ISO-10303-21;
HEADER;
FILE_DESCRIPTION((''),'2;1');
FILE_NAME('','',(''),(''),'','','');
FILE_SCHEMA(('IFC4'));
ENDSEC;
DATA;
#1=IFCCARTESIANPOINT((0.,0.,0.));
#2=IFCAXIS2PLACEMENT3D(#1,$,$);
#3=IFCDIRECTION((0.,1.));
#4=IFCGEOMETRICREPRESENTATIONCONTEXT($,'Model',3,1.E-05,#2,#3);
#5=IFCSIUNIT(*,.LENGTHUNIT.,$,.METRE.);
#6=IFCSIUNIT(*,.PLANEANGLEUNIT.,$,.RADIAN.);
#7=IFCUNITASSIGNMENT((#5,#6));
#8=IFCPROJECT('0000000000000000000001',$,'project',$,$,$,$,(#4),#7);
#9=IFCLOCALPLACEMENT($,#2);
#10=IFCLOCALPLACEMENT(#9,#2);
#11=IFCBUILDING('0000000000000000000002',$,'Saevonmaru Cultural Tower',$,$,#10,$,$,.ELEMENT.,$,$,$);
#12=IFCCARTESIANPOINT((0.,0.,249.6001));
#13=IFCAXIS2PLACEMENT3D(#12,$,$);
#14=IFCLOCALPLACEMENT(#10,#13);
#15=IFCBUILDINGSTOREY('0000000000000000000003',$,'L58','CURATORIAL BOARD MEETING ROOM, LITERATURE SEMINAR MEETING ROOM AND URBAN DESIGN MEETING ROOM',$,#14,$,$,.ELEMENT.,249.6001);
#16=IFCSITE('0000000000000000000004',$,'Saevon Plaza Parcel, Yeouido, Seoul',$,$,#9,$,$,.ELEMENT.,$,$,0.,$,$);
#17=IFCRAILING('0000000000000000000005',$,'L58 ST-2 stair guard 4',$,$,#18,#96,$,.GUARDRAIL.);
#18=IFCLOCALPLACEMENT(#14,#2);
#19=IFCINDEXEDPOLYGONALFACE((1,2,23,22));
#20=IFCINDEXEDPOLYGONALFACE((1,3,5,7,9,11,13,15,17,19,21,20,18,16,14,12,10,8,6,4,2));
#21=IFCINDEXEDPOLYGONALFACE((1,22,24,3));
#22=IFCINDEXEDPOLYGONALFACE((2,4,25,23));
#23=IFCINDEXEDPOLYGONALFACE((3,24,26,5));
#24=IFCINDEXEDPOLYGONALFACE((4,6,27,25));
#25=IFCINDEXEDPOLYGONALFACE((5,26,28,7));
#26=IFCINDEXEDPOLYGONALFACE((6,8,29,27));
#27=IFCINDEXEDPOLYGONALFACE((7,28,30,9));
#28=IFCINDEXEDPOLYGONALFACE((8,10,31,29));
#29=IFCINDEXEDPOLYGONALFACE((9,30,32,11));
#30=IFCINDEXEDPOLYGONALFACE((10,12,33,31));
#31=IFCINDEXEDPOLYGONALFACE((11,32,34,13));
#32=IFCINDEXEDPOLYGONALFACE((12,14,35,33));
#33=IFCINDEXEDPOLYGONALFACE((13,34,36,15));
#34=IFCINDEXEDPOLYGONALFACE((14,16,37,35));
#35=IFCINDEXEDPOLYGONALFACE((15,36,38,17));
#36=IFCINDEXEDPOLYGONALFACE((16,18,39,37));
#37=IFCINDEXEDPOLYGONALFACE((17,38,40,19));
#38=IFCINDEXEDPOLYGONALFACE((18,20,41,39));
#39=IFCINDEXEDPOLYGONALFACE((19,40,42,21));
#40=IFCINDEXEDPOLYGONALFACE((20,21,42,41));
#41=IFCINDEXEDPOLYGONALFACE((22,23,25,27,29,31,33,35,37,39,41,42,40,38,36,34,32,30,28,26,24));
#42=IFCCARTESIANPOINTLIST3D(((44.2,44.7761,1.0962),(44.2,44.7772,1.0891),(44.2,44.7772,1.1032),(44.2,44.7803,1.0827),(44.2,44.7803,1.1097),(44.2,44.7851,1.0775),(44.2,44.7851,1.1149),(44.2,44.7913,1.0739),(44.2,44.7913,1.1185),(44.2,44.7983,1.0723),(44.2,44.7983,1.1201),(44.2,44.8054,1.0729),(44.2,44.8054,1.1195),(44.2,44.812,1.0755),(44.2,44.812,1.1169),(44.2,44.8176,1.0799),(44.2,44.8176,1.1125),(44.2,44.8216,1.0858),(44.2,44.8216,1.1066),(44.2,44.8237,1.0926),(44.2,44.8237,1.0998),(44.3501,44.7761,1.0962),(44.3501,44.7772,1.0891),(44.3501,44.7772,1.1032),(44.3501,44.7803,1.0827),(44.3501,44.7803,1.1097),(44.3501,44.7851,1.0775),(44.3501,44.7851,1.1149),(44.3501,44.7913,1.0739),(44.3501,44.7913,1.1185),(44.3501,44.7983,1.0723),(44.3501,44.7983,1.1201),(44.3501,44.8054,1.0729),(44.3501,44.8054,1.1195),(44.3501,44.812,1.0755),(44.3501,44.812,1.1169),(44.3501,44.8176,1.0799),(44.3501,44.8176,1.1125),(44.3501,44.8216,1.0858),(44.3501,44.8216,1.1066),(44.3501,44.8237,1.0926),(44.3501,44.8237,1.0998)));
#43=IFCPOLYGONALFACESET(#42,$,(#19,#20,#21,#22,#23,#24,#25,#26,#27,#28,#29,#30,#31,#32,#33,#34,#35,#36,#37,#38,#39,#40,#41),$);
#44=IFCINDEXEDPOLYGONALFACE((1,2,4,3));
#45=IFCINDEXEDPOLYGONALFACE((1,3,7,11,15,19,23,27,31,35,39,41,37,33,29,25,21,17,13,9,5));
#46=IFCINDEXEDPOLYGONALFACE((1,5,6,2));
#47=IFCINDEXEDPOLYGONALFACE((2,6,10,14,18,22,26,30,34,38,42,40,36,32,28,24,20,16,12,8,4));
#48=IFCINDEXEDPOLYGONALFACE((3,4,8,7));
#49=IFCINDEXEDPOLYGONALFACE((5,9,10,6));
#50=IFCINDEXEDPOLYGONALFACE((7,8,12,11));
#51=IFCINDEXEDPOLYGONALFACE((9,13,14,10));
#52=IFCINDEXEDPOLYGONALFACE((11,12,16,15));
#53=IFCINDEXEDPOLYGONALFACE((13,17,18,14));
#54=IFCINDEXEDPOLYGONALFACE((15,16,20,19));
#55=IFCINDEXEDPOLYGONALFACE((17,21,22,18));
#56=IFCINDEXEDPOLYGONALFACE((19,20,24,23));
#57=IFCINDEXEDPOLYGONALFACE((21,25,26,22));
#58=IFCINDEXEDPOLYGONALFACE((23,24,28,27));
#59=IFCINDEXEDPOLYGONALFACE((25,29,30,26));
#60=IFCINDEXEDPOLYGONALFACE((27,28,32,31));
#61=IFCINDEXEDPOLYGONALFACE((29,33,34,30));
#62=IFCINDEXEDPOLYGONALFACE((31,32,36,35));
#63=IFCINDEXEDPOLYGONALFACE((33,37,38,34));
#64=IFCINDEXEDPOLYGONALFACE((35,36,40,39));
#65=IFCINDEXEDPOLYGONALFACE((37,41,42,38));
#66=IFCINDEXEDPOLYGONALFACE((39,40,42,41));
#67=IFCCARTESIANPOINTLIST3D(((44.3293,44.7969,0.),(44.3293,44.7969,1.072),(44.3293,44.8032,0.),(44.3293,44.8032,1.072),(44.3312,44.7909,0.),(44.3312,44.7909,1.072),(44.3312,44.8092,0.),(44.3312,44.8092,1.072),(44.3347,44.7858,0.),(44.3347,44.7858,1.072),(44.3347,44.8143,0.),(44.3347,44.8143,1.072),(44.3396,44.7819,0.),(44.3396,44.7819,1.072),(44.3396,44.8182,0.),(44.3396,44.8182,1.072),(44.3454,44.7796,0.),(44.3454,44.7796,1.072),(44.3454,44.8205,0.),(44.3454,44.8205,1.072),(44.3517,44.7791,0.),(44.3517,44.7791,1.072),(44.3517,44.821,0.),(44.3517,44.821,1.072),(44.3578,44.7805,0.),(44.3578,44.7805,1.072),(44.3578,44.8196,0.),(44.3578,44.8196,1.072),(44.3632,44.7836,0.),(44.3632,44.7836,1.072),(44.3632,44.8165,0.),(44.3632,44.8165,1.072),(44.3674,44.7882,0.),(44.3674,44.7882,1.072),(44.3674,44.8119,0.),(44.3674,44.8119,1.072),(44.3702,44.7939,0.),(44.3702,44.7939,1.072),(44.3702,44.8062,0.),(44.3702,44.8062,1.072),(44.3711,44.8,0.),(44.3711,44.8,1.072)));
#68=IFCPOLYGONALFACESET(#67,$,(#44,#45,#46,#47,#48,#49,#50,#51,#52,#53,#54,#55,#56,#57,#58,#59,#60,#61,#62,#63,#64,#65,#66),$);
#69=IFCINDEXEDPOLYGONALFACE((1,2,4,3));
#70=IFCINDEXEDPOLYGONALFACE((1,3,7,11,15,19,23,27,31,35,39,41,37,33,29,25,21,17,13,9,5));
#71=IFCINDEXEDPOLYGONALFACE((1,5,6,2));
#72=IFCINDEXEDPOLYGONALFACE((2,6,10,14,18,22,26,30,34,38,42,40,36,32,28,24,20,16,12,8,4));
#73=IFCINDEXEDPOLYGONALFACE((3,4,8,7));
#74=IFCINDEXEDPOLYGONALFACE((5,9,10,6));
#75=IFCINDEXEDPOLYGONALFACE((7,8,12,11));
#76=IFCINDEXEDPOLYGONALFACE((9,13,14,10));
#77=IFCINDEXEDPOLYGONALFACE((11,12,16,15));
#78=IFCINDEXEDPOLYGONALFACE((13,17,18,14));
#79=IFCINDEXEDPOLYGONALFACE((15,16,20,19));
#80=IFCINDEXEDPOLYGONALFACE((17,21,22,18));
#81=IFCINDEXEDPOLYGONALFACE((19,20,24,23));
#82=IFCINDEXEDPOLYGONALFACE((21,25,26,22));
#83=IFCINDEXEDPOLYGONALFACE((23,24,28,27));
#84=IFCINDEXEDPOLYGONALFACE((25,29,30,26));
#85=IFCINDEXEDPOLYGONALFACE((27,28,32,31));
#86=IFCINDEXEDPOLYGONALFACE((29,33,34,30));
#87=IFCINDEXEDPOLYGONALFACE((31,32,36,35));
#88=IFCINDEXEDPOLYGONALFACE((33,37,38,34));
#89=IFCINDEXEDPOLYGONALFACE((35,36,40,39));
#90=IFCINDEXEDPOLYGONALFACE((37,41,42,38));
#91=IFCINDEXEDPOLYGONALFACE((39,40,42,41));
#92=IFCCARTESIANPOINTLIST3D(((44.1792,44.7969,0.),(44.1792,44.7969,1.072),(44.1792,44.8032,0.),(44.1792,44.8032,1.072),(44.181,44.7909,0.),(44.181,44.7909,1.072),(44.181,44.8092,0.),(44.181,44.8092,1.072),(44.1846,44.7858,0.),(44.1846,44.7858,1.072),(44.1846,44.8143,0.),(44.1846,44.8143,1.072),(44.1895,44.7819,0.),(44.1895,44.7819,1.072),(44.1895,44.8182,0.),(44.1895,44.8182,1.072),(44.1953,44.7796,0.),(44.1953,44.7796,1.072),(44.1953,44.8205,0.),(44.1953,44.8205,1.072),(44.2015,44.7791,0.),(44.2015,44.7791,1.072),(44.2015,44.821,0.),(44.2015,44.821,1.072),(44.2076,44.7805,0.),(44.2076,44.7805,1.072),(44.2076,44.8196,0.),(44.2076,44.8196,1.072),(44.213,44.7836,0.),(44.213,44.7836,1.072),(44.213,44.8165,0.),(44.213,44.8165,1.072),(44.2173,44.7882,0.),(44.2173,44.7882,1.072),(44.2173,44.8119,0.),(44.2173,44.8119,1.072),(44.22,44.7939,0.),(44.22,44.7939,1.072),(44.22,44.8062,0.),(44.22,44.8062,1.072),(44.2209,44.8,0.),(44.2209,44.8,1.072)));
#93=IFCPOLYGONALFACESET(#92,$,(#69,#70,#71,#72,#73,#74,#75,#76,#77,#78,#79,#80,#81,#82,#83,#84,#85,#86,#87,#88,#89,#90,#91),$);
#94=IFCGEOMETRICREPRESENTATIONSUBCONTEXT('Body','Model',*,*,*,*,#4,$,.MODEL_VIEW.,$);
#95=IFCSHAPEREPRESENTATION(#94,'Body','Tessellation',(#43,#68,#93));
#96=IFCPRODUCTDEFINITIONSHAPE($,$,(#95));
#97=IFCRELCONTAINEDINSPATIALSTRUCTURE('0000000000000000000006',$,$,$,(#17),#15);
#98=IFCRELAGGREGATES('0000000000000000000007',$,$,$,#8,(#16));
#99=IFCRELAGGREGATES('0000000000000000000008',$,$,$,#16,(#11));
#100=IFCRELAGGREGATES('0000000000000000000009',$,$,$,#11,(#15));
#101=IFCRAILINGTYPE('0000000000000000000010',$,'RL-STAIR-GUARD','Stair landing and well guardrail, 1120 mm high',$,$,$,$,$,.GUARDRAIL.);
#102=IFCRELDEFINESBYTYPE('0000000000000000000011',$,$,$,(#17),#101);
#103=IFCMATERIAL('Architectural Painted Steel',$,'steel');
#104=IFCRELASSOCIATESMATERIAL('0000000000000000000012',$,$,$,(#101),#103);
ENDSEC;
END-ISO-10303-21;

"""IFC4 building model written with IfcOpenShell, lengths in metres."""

from ifc_helpers import new_model, si_unit, direction, frame, origin, origin_2d, place, context, subcontext, project, spatial, circle, extrude, material, type_object, element, save


model = new_model("IFC4")

# Units and contexts
model_context = context("Model", 3, precision=1e-05, world=origin(), true_north=direction((0.0, 1.0)))
body_context = subcontext(model_context, "Body", "Model", "MODEL_VIEW")
ifc_project = project(units=[si_unit("LENGTHUNIT", "METRE"), si_unit("PLANEANGLEUNIT", "RADIAN")], contexts=[model_context])

# Site, building, storey
site_placement = place(None, origin())
site = spatial("IfcSite", under=ifc_project, at=site_placement, Name="Saevon Plaza Parcel, Yeouido, Seoul", CompositionType="ELEMENT", RefElevation=0.0)
building_placement = place(site_placement, origin())
building = spatial("IfcBuilding", under=site, at=building_placement, Name="Saevonmaru Cultural Tower", CompositionType="ELEMENT")
storey_placement = place(building_placement, frame((0.0, 0.0, 249.6001)))
storey = spatial("IfcBuildingStorey", under=building, at=storey_placement, Name="L58", Description="CURATORIAL BOARD MEETING ROOM, LITERATURE SEMINAR MEETING ROOM AND URBAN DESIGN MEETING ROOM", CompositionType="ELEMENT", Elevation=249.6001)

# Railing
ifc_material_1 = material(Name="Architectural Painted Steel", Category="steel")
railing_type_1 = type_object("IfcRailingType", Name="RL-STAIR-GUARD", Description="Stair landing and well guardrail, 1120 mm high", PredefinedType="GUARDRAIL", material=ifc_material_1)
railing_1_placement = place(storey_placement, frame((44.3501, 44.8, 0.0)))
element("IfcRailing", 1, at=railing_1_placement, inside=storey, type_object=railing_type_1, Name="L58 ST-2 stair guard 4", PredefinedType="GUARDRAIL", context=body_context, shape_type="SweptSolid", body=[
    extrude(circle(Radius=0.0239, at=origin_2d()), frame((0.0, 0.0, 1.0962), z_axis=(-1.0, 0.0, 0.0), x_axis=(0.0, -1.0, 0.0)), (0.0, 0.0, 1.0), 0.1501),
    extrude(circle(Radius=0.021, at=origin_2d()), origin(), (0.0, 0.0, 1.0), 1.072),
    extrude(circle(Radius=0.021, at=origin_2d()), frame((-0.1501, 0.0, 0.0)), (0.0, 0.0, 1.0), 1.072),
])

save(model, "model.ifc")
